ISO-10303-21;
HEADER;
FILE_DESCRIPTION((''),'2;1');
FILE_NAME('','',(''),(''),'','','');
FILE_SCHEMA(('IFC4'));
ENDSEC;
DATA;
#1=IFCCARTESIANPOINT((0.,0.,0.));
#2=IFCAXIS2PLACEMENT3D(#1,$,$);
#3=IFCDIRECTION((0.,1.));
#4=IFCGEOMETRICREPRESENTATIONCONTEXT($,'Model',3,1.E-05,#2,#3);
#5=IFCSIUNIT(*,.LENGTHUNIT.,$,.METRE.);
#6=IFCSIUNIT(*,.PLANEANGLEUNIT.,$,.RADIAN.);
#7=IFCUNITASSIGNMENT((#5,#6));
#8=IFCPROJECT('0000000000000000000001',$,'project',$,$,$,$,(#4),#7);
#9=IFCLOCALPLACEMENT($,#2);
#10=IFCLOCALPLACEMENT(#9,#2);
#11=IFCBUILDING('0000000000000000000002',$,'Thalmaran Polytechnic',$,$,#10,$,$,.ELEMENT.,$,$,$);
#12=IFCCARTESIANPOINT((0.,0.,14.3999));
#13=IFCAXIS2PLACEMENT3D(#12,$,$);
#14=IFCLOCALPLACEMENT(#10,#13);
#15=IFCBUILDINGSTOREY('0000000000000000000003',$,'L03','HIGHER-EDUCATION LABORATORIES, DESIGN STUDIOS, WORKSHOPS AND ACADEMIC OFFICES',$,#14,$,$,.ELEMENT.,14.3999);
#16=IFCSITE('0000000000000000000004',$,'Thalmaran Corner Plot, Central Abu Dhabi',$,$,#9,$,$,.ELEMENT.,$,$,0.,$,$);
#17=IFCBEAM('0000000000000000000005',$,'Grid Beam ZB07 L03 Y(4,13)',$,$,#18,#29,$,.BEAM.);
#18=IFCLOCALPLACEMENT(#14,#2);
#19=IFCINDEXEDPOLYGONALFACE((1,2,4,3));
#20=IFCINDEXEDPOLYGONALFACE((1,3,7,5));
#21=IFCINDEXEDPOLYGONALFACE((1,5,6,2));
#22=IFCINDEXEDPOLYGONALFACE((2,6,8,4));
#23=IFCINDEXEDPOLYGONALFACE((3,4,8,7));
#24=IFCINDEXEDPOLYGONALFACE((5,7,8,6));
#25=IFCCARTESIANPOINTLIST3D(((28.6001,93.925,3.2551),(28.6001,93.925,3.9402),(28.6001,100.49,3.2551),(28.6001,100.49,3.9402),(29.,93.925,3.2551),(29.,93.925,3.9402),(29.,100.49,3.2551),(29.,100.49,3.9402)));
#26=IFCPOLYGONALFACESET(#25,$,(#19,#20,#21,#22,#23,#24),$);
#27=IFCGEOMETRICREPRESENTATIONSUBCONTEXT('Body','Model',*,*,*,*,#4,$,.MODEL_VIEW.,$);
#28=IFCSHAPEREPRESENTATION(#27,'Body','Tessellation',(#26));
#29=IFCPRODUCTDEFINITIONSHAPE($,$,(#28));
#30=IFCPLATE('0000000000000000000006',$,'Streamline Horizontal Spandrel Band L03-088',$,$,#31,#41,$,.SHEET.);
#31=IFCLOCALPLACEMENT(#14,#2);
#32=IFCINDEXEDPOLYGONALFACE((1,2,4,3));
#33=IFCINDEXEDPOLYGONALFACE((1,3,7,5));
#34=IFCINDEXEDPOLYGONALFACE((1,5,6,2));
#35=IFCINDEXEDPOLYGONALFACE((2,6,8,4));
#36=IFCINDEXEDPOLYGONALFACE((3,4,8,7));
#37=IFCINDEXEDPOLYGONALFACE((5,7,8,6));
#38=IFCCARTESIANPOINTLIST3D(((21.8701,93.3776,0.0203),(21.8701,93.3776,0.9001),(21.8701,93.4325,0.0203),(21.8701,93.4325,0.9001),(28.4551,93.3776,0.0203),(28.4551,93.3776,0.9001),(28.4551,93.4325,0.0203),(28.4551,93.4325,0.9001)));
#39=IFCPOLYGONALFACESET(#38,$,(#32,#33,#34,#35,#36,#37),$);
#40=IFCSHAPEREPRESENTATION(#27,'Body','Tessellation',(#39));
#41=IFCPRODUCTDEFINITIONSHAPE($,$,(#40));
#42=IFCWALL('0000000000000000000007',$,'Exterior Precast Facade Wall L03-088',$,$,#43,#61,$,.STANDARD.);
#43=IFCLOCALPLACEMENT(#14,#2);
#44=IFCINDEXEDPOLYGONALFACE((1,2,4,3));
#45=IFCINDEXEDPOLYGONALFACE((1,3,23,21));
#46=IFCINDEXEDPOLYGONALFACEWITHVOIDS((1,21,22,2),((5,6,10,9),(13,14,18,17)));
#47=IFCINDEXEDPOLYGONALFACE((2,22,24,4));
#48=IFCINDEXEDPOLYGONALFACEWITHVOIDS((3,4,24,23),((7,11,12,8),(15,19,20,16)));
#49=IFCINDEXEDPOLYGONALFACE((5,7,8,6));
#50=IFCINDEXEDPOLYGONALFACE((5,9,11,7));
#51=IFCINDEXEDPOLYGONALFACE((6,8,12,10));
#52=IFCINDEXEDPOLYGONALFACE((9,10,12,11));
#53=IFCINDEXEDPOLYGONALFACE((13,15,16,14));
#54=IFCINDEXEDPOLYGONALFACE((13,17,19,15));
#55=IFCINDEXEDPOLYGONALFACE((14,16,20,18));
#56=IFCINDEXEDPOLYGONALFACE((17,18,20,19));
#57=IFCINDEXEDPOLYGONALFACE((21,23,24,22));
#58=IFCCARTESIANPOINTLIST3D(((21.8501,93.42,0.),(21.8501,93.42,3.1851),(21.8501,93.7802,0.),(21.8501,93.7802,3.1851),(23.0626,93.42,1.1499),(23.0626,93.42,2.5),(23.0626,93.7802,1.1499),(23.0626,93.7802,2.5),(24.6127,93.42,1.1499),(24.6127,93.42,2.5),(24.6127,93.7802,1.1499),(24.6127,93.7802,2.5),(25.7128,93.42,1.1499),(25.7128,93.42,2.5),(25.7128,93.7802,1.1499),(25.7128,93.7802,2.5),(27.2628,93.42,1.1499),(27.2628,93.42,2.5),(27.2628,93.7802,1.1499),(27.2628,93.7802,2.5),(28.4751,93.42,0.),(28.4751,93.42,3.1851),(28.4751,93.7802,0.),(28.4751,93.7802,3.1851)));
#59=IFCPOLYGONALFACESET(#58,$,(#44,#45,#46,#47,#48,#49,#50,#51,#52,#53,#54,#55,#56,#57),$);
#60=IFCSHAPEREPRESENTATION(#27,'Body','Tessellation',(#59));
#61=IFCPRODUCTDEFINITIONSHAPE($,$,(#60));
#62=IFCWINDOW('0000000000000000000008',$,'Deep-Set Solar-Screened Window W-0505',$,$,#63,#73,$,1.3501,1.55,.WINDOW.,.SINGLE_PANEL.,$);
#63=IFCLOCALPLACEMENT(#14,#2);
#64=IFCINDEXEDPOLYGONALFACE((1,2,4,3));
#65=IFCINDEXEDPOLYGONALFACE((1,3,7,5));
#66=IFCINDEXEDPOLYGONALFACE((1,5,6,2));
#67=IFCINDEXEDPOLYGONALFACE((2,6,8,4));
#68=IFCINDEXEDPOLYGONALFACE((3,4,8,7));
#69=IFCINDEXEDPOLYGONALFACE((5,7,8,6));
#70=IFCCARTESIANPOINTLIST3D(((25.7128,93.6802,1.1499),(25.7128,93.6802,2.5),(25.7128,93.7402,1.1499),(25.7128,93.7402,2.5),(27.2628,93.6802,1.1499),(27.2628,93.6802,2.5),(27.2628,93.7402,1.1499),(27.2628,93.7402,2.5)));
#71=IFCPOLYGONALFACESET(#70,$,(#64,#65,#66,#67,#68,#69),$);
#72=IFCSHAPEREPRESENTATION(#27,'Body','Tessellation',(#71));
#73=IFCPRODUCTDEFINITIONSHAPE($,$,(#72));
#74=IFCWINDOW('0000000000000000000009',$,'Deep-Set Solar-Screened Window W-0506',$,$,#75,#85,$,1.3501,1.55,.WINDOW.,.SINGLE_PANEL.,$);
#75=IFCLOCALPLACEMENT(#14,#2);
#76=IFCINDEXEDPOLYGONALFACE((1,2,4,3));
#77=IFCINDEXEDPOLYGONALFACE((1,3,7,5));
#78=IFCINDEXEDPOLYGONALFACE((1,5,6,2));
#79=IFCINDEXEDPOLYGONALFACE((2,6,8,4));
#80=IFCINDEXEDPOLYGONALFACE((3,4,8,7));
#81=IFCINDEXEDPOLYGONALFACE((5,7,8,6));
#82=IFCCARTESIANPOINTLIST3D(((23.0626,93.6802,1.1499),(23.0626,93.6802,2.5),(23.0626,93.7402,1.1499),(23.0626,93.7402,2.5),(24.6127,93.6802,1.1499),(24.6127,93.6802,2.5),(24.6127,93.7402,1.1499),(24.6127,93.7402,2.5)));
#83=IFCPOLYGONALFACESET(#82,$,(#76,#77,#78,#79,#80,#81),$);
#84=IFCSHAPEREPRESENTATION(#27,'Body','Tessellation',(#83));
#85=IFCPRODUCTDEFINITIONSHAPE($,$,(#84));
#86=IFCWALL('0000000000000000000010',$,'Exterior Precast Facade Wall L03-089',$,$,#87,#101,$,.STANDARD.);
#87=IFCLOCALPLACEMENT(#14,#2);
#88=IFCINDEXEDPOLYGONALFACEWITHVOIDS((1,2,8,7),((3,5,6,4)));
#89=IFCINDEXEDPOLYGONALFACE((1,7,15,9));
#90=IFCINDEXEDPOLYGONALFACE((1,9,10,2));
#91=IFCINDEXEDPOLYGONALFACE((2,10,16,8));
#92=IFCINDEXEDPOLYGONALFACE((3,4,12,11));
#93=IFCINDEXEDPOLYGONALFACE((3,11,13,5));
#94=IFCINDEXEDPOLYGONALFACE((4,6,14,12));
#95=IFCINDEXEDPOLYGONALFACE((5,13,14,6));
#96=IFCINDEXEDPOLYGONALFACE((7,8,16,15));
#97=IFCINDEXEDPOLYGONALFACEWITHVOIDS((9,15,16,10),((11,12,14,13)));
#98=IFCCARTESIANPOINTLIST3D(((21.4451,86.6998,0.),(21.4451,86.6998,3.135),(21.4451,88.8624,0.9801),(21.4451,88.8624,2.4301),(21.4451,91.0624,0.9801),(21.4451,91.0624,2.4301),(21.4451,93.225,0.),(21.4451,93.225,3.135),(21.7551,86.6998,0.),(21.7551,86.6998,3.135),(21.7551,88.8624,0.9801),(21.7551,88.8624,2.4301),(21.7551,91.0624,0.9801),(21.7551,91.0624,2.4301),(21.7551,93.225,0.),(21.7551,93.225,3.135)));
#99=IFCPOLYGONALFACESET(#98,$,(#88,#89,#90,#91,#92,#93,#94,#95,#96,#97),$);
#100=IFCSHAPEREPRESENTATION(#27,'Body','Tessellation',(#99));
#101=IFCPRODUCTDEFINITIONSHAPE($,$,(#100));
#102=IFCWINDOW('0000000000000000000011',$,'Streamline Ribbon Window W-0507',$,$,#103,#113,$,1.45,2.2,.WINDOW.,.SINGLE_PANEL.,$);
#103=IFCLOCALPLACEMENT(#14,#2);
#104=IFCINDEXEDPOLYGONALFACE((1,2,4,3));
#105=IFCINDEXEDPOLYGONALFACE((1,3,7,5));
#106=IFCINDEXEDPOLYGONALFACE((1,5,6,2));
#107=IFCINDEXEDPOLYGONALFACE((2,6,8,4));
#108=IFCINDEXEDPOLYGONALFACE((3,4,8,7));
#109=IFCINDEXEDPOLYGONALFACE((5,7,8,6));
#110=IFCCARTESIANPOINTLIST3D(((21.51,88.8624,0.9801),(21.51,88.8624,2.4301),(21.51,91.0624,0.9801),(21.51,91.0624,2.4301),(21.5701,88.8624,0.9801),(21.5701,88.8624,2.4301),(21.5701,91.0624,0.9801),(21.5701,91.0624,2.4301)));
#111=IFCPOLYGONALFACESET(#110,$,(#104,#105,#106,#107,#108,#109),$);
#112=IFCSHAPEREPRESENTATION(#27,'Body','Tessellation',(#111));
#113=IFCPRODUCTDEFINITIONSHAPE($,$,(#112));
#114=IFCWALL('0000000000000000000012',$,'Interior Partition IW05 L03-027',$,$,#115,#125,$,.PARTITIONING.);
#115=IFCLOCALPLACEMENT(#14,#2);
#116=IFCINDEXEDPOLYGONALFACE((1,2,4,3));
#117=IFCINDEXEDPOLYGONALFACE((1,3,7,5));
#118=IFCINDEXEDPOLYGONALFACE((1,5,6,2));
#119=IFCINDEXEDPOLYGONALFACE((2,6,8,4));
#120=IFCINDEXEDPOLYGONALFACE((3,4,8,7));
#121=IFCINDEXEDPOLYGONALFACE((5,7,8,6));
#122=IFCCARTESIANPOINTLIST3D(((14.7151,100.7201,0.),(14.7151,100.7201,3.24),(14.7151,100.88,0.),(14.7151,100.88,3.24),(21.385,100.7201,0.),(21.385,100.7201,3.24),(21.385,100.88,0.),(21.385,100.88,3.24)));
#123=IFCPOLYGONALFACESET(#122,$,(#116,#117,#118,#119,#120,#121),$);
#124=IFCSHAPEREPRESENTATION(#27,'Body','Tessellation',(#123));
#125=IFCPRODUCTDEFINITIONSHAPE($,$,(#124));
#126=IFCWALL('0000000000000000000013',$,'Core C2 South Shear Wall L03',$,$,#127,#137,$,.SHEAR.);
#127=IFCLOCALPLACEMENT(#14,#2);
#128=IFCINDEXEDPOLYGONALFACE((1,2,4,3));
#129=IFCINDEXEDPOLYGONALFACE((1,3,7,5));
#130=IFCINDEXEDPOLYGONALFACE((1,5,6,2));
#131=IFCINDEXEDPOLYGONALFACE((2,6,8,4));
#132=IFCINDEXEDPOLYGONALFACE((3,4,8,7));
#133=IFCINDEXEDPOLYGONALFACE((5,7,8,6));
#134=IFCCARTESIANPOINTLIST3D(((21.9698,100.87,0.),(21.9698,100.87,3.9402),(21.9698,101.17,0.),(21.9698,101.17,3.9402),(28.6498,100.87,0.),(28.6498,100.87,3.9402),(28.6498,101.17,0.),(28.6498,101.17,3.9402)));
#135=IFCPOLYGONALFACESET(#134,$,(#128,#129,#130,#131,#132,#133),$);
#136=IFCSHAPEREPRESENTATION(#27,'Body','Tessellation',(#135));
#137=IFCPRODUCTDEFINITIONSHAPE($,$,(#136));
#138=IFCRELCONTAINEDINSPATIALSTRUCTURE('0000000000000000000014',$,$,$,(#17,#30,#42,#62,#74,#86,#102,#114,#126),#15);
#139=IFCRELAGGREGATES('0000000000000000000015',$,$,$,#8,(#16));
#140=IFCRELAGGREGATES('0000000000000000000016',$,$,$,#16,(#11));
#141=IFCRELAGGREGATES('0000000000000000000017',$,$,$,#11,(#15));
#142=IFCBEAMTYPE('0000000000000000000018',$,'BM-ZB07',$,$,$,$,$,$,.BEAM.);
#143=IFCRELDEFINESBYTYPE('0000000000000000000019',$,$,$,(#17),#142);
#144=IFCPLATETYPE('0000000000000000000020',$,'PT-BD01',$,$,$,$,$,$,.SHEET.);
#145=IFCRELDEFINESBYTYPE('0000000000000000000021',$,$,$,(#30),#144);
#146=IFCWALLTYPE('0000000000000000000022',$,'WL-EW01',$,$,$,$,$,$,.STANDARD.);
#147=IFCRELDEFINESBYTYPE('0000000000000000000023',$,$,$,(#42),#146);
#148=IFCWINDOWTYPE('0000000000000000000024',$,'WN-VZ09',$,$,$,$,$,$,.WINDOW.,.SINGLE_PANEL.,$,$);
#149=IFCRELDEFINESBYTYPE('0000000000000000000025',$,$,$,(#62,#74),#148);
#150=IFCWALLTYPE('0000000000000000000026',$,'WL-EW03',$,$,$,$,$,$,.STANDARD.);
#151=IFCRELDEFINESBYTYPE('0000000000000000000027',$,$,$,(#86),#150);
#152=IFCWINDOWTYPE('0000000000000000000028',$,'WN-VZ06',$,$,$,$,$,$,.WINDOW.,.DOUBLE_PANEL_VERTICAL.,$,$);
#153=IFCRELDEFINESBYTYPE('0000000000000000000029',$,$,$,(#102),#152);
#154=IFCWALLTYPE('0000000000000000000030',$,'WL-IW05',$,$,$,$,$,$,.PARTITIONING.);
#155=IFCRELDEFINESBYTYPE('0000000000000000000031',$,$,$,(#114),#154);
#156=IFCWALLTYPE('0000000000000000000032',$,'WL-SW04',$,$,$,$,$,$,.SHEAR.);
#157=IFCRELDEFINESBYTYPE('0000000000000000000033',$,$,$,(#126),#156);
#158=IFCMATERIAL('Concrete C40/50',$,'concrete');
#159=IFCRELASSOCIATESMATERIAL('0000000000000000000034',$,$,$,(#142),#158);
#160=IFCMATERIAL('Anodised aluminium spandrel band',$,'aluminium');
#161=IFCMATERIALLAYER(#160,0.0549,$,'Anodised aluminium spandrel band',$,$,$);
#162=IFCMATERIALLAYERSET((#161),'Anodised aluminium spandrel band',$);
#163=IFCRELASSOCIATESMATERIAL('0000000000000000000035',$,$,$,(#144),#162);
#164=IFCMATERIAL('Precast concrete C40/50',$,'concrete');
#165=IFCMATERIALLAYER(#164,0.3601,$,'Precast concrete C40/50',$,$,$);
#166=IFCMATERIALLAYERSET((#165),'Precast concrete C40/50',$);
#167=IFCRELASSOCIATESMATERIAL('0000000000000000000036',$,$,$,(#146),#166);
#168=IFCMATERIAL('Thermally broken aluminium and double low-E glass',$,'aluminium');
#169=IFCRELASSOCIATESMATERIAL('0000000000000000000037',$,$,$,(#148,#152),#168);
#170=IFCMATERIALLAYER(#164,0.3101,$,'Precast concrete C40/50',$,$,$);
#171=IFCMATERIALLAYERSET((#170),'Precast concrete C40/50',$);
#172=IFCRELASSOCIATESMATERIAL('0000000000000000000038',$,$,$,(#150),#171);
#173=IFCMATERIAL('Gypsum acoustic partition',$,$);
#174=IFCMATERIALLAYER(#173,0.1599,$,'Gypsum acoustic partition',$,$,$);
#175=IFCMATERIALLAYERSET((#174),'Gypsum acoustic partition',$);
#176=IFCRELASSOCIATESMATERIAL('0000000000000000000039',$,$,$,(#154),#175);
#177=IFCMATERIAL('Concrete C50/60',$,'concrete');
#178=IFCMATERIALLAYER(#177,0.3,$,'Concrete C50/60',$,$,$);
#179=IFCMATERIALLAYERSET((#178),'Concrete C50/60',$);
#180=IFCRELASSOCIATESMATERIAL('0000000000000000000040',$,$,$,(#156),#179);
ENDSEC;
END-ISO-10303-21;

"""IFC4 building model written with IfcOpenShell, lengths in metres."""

from ifc_helpers import new_model, si_unit, direction, frame, frame_2d, origin, origin_2d, place, context, subcontext, project, spatial, rectangle, extrude, material, layer, layer_set, material_profile, profile_set, type_object, element, fill, save


model = new_model("IFC4")

# Units and contexts
model_context = context("Model", 3, precision=1e-05, world=origin(), true_north=direction((0.0, 1.0)))
body_context = subcontext(model_context, "Body", "Model", "MODEL_VIEW")
ifc_project = project(units=[si_unit("LENGTHUNIT", "METRE"), si_unit("PLANEANGLEUNIT", "RADIAN")], contexts=[model_context])

# Site, building, storey
site_placement = place(None, origin())
site = spatial("IfcSite", under=ifc_project, at=site_placement, Name="Thalmaran Corner Plot, Central Abu Dhabi", CompositionType="ELEMENT", RefElevation=0.0)
building_placement = place(site_placement, origin())
building = spatial("IfcBuilding", under=site, at=building_placement, Name="Thalmaran Polytechnic", CompositionType="ELEMENT")
storey_placement = place(building_placement, frame((0.0, 0.0, 14.3999)))
storey = spatial("IfcBuildingStorey", under=building, at=storey_placement, Name="L03", Description="HIGHER-EDUCATION LABORATORIES, DESIGN STUDIOS, WORKSHOPS AND ACADEMIC OFFICES", CompositionType="ELEMENT", Elevation=14.3999)

# Shared definitions
ifc_material_1 = material(Name="Concrete C40/50", Category="concrete")

# Beam
ifc_material_profile_1 = material_profile(ifc_material_1, rectangle(XDim=0.3999, YDim=0.6851, at=origin_2d()), Name="RC 400x685")
ifc_profile_set_1 = profile_set([ifc_material_profile_1], Name="Concrete C40/50")
beam_type_1 = type_object("IfcBeamType", Name="BM-ZB07", PredefinedType="BEAM", material=ifc_profile_set_1)
beam_1_placement = place(storey_placement, frame((28.8, 93.925, 3.5977), z_axis=(0.0, 1.0, 0.0), x_axis=(-1.0, 0.0, 0.0)))
element("IfcBeam", 1, at=beam_1_placement, inside=storey, type_object=beam_type_1, Name="Grid Beam ZB07 L03 Y(4,13)", PredefinedType="BEAM", context=body_context, shape_type="SweptSolid", body=[
    extrude(rectangle(XDim=0.3999, YDim=0.6851, at=origin_2d()), origin(), (0.0, 0.0, 1.0), 6.5649),
])

# Plate
ifc_material_2 = material(Name="Anodised aluminium spandrel band", Category="aluminium")
ifc_layer_1 = layer(ifc_material_2, 0.0549, Name="Anodised aluminium spandrel band")
ifc_layer_set_1 = layer_set([ifc_layer_1], Name="Anodised aluminium spandrel band")
plate_type = type_object("IfcPlateType", Name="PT-BD01", PredefinedType="SHEET", material=ifc_layer_set_1)
plate_placement = place(storey_placement, frame((25.1626, 93.405, 0.0203), z_axis=(0.0, 0.0, 1.0), x_axis=(-1.0, 0.0, 0.0)))
element("IfcPlate", 2, at=plate_placement, inside=storey, type_object=plate_type, Name="Streamline Horizontal Spandrel Band L03-088", PredefinedType="SHEET", context=body_context, shape_type="SweptSolid", body=[
    extrude(rectangle(XDim=6.585, YDim=0.0549, at=origin_2d()), origin(), (0.0, 0.0, 1.0), 0.8799),
])

# Wall, openings, windows
ifc_material_3 = material(Name="Precast concrete C40/50", Category="concrete")
ifc_layer_2 = layer(ifc_material_3, 0.3601, Name="Precast concrete C40/50")
ifc_layer_set_2 = layer_set([ifc_layer_2], Name="Precast concrete C40/50")
wall_type_1 = type_object("IfcWallType", Name="WL-EW01", PredefinedType="STANDARD", material=ifc_layer_set_2)
wall_1_placement = place(storey_placement, frame((28.4751, 93.6001, 0.0), z_axis=(0.0, 0.0, 1.0), x_axis=(-1.0, 0.0, 0.0)))
wall_1 = element("IfcWall", 3, at=wall_1_placement, inside=storey, type_object=wall_type_1, Name="Exterior Precast Facade Wall L03-088", PredefinedType="STANDARD", context=body_context, shape_type="SweptSolid", body=[
    extrude(rectangle(XDim=6.625, YDim=0.3601, at=frame_2d((3.3125, 0.0))), origin(), (0.0, 0.0, 1.0), 3.1851),
])
opening_1_placement = place(wall_1_placement, frame((1.2124, 0.0, 1.1499)))
opening_1 = element("IfcOpeningElement", 4, at=opening_1_placement, cuts=wall_1, PredefinedType="OPENING", context=body_context, shape_type="SweptSolid", body=[
    extrude(rectangle(XDim=1.55, YDim=1.3501, at=frame_2d((0.7749, 0.675))), frame((0.0, 0.1899, 0.0), z_axis=(0.0, -1.0, 0.0), x_axis=(1.0, 0.0, 0.0)), (0.0, 0.0, 1.0), 0.3801),
])
opening_2_placement = place(wall_1_placement, frame((3.8625, 0.0, 1.1499)))
opening_2 = element("IfcOpeningElement", 5, at=opening_2_placement, cuts=wall_1, PredefinedType="OPENING", context=body_context, shape_type="SweptSolid", body=[
    extrude(rectangle(XDim=1.55, YDim=1.3501, at=frame_2d((0.7749, 0.675))), frame((0.0, 0.1899, 0.0), z_axis=(0.0, -1.0, 0.0), x_axis=(1.0, 0.0, 0.0)), (0.0, 0.0, 1.0), 0.3801),
])
ifc_material_4 = material(Name="Thermally broken aluminium and double low-E glass", Category="aluminium")
window_type_1 = type_object("IfcWindowType", Name="WN-VZ09", PartitioningType="SINGLE_PANEL", PredefinedType="WINDOW", material=ifc_material_4)
window_1_placement = place(opening_1_placement, origin())
window_1 = element("IfcWindow", 6, at=window_1_placement, inside=storey, type_object=window_type_1, Name="Deep-Set Solar-Screened Window W-0505", OverallHeight=1.3501, OverallWidth=1.55, PartitioningType="SINGLE_PANEL", PredefinedType="WINDOW", context=body_context, shape_type="SweptSolid", body=[
    extrude(rectangle(XDim=1.55, YDim=1.3501, at=frame_2d((0.7749, 0.675))), frame((0.0, -0.0801, 0.0), z_axis=(0.0, -1.0, 0.0), x_axis=(1.0, 0.0, 0.0)), (0.0, 0.0, 1.0), 0.0601),
])
fill(opening_1, window_1)
window_2_placement = place(opening_2_placement, origin())
window_2 = element("IfcWindow", 7, at=window_2_placement, inside=storey, type_object=window_type_1, Name="Deep-Set Solar-Screened Window W-0506", OverallHeight=1.3501, OverallWidth=1.55, PartitioningType="SINGLE_PANEL", PredefinedType="WINDOW", context=body_context, shape_type="SweptSolid", body=[
    extrude(rectangle(XDim=1.55, YDim=1.3501, at=frame_2d((0.7749, 0.675))), frame((0.0, -0.0801, 0.0), z_axis=(0.0, -1.0, 0.0), x_axis=(1.0, 0.0, 0.0)), (0.0, 0.0, 1.0), 0.0601),
])
fill(opening_2, window_2)

# Wall, opening, window
ifc_layer_3 = layer(ifc_material_3, 0.3101, Name="Precast concrete C40/50")
ifc_layer_set_3 = layer_set([ifc_layer_3], Name="Precast concrete C40/50")
wall_type_2 = type_object("IfcWallType", Name="WL-EW03", PredefinedType="STANDARD", material=ifc_layer_set_3)
wall_2_placement = place(storey_placement, frame((21.6001, 93.2251, 0.0), z_axis=(0.0, 0.0, 1.0), x_axis=(0.0, -1.0, 0.0)))
wall_2 = element("IfcWall", 8, at=wall_2_placement, inside=storey, type_object=wall_type_2, Name="Exterior Precast Facade Wall L03-089", PredefinedType="STANDARD", context=body_context, shape_type="SweptSolid", body=[
    extrude(rectangle(XDim=6.5251, YDim=0.3101, at=frame_2d((3.2627, 0.0))), origin(), (0.0, 0.0, 1.0), 3.135),
])
opening_3_placement = place(wall_2_placement, frame((2.1626, 0.0, 0.98)))
opening_3 = element("IfcOpeningElement", 9, at=opening_3_placement, cuts=wall_2, PredefinedType="OPENING", context=body_context, shape_type="SweptSolid", body=[
    extrude(rectangle(XDim=2.2, YDim=1.45, at=frame_2d((1.1001, 0.7251))), frame((0.0, 0.165, 0.0), z_axis=(0.0, -1.0, 0.0), x_axis=(1.0, 0.0, 0.0)), (0.0, 0.0, 1.0), 0.3301),
])
window_type_2 = type_object("IfcWindowType", Name="WN-VZ06", PartitioningType="DOUBLE_PANEL_VERTICAL", PredefinedType="WINDOW", material=ifc_material_4)
window_3_placement = place(opening_3_placement, origin())
window_3 = element("IfcWindow", 10, at=window_3_placement, inside=storey, type_object=window_type_2, Name="Streamline Ribbon Window W-0507", OverallHeight=1.45, OverallWidth=2.2, PartitioningType="SINGLE_PANEL", PredefinedType="WINDOW", context=body_context, shape_type="SweptSolid", body=[
    extrude(rectangle(XDim=2.2, YDim=1.45, at=frame_2d((1.1001, 0.7251))), frame((0.0, -0.03, 0.0), z_axis=(0.0, -1.0, 0.0), x_axis=(1.0, 0.0, 0.0)), (0.0, 0.0, 1.0), 0.0601),
])
fill(opening_3, window_3)

# Walls
ifc_material_5 = material(Name="Gypsum acoustic partition")
ifc_layer_4 = layer(ifc_material_5, 0.1599, Name="Gypsum acoustic partition")
ifc_layer_set_4 = layer_set([ifc_layer_4], Name="Gypsum acoustic partition")
wall_type_3 = type_object("IfcWallType", Name="WL-IW05", PredefinedType="PARTITIONING", material=ifc_layer_set_4)
wall_3_placement = place(storey_placement, frame((14.7151, 100.8, 0.0), z_axis=(0.0, 0.0, 1.0), x_axis=(1.0, 0.0, 0.0)))
element("IfcWall", 11, at=wall_3_placement, inside=storey, type_object=wall_type_3, Name="Interior Partition IW05 L03-027", PredefinedType="PARTITIONING", context=body_context, shape_type="SweptSolid", body=[
    extrude(rectangle(XDim=6.6699, YDim=0.1599, at=frame_2d((3.335, 0.0))), origin(), (0.0, 0.0, 1.0), 3.24),
])
ifc_material_6 = material(Name="Concrete C50/60", Category="concrete")
ifc_layer_5 = layer(ifc_material_6, 0.3, Name="Concrete C50/60")
ifc_layer_set_5 = layer_set([ifc_layer_5], Name="Concrete C50/60")
wall_type_4 = type_object("IfcWallType", Name="WL-SW04", PredefinedType="SHEAR", material=ifc_layer_set_5)
wall_4_placement = place(storey_placement, frame((21.97, 101.02, 0.0), z_axis=(0.0, 0.0, 1.0), x_axis=(1.0, 0.0, 0.0)))
element("IfcWall", 12, at=wall_4_placement, inside=storey, type_object=wall_type_4, Name="Core C2 South Shear Wall L03", PredefinedType="SHEAR", context=body_context, shape_type="SweptSolid", body=[
    extrude(rectangle(XDim=6.6799, YDim=0.3, at=frame_2d((3.3398, 0.0))), origin(), (0.0, 0.0, 1.0), 3.9402),
])

save(model, "model.ifc")
